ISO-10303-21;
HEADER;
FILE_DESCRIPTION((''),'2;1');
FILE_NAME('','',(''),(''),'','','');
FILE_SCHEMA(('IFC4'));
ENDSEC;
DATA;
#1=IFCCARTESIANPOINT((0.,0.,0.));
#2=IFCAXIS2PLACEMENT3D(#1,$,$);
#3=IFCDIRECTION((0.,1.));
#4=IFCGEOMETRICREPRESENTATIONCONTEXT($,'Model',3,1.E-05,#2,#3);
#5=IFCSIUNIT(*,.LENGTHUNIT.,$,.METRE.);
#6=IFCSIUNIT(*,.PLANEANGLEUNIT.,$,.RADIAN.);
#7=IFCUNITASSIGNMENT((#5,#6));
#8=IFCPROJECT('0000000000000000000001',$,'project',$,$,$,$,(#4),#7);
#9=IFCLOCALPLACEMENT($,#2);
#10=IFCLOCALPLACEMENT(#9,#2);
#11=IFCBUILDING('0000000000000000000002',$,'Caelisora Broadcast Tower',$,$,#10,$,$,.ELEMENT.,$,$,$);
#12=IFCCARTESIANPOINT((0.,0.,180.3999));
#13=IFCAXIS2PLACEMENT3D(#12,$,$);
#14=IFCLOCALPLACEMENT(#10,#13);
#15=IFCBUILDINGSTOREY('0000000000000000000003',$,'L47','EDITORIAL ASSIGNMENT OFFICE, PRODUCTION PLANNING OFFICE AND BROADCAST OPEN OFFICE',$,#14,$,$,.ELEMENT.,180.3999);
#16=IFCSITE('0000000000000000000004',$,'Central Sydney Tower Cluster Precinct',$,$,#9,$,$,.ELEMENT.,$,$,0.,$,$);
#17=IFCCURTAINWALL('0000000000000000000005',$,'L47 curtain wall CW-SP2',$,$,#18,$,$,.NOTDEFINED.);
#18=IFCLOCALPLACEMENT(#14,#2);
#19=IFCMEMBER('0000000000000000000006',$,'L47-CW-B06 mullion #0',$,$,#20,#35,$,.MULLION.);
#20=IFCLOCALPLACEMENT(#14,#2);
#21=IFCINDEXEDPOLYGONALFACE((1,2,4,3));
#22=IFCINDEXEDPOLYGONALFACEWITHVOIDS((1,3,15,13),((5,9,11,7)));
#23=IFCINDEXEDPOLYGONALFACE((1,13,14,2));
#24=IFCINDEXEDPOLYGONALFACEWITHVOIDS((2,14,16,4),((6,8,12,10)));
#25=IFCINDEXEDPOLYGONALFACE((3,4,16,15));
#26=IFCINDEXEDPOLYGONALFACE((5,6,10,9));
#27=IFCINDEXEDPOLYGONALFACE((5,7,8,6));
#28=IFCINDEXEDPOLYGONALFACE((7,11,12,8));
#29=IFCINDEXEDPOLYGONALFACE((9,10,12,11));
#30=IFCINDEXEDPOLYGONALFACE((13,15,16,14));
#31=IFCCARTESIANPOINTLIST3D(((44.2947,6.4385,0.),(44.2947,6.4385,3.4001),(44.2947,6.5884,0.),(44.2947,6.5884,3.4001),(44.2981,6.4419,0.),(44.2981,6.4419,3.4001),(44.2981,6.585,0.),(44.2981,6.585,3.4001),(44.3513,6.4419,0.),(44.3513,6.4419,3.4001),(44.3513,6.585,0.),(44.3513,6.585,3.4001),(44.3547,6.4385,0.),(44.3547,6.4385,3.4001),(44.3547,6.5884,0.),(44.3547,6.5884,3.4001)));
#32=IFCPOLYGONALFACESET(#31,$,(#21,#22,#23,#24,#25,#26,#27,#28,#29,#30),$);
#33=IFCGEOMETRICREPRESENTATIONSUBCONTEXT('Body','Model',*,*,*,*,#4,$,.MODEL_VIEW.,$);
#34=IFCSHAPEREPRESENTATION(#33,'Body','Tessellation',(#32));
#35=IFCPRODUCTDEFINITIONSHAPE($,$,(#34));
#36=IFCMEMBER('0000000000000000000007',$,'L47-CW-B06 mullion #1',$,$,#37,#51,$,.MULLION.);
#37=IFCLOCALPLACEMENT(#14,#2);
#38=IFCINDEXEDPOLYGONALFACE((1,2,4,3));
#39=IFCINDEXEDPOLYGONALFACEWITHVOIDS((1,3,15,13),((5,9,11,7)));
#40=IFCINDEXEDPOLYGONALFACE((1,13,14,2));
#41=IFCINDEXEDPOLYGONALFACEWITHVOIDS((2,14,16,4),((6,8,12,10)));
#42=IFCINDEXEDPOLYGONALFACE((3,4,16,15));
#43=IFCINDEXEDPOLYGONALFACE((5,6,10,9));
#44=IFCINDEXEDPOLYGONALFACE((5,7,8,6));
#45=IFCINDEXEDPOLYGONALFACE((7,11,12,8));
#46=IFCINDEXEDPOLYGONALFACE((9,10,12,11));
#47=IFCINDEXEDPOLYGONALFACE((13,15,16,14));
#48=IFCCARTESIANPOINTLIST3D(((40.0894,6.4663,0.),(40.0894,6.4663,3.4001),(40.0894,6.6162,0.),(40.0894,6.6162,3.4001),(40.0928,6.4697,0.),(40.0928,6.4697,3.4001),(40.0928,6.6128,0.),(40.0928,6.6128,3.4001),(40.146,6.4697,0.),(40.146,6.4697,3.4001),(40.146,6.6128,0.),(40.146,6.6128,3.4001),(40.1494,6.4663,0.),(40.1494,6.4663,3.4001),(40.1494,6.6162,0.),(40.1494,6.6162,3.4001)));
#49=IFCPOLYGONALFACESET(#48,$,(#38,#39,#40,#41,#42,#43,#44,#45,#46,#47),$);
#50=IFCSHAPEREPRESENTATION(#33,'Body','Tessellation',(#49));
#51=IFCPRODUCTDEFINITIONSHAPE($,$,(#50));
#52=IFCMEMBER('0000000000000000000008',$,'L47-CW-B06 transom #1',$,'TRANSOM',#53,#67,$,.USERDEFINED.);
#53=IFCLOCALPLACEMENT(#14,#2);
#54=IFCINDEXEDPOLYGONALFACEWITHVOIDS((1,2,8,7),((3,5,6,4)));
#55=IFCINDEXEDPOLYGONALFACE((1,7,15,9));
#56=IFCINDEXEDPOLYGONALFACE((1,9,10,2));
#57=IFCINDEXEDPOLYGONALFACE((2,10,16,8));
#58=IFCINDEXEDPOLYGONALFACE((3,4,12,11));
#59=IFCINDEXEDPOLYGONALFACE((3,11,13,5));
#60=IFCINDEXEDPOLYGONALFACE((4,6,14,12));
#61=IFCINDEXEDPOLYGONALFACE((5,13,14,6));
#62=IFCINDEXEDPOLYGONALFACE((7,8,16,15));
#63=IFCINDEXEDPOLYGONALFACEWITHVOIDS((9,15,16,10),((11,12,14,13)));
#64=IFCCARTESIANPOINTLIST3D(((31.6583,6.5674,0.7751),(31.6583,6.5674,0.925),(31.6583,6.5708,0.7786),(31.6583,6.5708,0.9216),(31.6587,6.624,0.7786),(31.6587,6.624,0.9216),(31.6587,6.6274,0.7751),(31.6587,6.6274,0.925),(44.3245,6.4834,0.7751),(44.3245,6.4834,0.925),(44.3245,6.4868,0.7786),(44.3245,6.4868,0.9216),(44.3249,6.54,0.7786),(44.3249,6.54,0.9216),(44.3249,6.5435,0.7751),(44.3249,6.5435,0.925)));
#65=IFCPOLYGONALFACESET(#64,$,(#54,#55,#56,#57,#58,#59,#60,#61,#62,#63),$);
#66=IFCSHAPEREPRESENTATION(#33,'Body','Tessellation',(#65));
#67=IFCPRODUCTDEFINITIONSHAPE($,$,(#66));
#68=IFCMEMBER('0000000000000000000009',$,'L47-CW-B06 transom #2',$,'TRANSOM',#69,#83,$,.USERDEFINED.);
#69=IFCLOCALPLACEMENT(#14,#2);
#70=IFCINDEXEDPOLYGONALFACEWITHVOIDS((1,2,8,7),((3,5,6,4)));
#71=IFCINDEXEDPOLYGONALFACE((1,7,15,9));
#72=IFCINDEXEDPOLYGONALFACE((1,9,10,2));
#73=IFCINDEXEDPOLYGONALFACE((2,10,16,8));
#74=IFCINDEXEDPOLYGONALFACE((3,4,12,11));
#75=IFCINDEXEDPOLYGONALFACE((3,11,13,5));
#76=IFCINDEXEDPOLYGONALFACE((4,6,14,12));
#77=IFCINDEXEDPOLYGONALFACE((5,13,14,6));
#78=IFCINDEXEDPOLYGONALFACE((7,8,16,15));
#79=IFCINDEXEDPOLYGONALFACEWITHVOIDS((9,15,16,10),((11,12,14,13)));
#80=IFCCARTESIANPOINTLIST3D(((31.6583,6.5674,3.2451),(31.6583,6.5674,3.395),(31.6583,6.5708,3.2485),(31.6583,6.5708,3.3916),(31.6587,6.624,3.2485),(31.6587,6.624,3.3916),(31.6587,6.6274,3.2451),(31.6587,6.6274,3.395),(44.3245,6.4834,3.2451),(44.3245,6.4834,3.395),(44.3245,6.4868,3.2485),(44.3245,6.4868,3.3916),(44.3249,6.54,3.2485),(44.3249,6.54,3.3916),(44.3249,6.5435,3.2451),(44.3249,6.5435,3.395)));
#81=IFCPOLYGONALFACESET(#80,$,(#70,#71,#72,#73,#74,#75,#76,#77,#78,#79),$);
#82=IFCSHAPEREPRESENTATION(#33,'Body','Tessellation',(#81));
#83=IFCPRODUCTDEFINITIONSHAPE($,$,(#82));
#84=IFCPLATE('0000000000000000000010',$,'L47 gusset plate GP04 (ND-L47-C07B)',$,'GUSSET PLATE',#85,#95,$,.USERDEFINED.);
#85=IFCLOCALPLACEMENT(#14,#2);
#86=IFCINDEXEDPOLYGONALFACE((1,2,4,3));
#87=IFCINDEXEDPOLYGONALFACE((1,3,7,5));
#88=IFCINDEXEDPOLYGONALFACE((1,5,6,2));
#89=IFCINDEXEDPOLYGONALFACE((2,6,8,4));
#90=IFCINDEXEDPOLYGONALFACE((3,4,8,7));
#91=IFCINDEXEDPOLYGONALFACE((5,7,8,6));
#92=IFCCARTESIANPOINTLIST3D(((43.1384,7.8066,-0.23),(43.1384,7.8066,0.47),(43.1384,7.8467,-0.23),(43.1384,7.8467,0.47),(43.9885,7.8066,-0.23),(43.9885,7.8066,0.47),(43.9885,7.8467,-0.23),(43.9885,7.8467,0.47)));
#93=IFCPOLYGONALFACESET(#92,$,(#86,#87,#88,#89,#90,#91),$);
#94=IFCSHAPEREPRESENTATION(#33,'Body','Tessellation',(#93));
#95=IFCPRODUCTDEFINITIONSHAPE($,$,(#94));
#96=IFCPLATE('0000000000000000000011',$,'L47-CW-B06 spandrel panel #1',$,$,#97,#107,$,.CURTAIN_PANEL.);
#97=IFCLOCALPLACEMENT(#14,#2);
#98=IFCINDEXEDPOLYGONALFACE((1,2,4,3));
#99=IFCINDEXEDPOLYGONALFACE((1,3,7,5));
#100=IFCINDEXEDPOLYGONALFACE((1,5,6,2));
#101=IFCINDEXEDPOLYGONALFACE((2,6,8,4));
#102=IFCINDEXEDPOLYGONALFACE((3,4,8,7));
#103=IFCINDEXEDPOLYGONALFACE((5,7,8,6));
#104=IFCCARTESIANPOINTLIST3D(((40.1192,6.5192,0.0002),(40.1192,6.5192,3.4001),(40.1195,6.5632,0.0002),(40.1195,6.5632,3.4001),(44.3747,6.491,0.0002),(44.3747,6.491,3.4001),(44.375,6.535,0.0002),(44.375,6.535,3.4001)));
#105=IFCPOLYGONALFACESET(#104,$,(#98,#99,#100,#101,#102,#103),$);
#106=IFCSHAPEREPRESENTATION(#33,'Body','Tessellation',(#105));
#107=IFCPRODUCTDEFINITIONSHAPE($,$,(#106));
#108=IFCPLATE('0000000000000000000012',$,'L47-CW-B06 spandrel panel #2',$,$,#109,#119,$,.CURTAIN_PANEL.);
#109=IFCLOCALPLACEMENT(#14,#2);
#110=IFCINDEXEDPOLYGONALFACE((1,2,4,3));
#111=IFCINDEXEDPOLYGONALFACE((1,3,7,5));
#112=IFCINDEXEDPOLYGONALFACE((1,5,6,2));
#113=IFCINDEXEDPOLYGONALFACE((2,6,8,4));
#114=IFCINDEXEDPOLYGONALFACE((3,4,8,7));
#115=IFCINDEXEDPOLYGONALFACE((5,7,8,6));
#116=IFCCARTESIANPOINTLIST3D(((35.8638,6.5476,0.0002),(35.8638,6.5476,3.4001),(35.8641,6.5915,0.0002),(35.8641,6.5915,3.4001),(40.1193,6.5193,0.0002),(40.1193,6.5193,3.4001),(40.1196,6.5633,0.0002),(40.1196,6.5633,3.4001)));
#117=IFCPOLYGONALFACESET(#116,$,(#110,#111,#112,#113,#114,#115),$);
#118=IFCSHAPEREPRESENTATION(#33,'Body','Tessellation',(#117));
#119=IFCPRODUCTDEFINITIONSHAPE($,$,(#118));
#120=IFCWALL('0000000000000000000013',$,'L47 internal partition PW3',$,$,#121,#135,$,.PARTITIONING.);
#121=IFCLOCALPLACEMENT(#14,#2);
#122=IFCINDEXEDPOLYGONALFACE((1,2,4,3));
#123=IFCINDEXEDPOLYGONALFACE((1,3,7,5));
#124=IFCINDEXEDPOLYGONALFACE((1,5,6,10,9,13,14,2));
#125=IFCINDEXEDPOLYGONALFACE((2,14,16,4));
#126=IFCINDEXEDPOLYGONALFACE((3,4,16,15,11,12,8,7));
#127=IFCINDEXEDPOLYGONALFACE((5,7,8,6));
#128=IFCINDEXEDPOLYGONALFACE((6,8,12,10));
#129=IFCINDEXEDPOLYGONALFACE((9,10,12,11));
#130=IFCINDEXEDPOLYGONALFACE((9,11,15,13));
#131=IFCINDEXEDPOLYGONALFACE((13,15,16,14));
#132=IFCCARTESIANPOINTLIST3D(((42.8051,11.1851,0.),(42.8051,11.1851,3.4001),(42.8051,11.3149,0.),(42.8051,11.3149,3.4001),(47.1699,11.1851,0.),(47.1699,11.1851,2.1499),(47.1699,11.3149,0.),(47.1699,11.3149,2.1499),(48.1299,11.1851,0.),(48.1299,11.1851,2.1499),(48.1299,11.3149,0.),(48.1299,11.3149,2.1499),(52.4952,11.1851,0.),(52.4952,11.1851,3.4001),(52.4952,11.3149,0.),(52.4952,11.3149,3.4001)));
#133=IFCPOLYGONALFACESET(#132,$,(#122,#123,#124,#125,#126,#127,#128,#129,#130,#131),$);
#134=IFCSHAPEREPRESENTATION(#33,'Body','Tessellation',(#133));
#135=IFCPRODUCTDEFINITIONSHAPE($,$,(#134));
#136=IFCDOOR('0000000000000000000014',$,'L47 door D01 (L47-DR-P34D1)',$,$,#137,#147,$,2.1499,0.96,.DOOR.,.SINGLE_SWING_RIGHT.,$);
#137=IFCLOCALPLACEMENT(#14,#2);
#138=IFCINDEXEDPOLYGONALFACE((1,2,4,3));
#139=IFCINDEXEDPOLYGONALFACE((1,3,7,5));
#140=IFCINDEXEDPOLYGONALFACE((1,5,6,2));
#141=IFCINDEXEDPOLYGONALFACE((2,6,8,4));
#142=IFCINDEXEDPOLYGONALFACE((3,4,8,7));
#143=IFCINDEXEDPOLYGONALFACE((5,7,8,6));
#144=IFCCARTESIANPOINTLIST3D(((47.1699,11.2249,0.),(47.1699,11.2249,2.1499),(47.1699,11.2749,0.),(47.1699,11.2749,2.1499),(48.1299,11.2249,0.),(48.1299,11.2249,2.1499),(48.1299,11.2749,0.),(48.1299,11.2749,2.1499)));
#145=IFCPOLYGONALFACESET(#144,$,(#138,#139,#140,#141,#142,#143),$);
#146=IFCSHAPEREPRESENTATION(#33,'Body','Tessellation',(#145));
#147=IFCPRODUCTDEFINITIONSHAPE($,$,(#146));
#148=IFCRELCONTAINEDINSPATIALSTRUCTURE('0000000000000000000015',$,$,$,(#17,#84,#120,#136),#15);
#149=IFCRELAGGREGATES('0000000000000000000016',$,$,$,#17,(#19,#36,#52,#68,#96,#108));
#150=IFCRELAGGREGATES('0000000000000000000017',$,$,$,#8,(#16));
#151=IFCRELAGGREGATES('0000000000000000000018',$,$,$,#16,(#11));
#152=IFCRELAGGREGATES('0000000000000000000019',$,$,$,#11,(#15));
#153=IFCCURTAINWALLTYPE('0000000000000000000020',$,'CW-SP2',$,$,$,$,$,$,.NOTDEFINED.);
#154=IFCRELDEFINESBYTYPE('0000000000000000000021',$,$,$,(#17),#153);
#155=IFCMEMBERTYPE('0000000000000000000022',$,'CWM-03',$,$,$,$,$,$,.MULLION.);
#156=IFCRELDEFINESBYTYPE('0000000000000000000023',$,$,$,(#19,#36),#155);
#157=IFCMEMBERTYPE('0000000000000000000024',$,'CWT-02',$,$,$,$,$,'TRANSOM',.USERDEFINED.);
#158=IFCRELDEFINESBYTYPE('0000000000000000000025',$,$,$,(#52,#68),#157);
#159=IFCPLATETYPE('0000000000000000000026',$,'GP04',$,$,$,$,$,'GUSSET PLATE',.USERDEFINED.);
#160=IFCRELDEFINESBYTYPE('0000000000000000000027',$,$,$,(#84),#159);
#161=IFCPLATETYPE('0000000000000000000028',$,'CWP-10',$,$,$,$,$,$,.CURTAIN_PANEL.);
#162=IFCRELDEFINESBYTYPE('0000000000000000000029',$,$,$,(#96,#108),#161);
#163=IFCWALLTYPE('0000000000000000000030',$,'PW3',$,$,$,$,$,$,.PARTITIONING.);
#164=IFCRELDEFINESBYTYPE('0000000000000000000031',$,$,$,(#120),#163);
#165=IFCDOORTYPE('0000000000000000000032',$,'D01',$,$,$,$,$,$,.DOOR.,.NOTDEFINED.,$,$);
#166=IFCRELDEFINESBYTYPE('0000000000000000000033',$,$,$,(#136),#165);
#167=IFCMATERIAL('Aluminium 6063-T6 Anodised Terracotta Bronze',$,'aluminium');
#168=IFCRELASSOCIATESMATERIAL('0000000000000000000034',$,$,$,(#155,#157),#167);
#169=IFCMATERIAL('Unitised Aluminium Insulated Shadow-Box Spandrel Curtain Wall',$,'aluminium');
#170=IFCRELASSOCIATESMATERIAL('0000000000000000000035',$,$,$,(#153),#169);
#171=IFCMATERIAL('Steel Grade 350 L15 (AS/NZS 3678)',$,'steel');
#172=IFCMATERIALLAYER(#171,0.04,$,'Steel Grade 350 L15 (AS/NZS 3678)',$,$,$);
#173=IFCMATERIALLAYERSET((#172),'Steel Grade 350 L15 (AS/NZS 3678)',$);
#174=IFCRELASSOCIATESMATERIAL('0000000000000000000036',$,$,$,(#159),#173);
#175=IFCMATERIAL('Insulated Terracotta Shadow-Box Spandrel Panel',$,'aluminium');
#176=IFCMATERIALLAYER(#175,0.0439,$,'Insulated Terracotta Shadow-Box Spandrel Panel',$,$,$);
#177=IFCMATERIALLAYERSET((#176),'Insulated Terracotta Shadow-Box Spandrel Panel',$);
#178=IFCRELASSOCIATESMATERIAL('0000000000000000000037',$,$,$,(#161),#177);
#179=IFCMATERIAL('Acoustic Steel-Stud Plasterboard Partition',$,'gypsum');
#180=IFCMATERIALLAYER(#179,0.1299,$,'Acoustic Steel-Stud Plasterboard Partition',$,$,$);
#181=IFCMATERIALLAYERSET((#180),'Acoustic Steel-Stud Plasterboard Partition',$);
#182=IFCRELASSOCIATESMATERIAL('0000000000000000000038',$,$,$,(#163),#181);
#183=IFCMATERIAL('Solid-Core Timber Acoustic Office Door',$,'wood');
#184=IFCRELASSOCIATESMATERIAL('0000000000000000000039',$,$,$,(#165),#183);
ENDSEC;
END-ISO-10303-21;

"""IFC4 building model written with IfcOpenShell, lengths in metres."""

from ifc_helpers import new_model, si_unit, direction, frame, frame_2d, origin, origin_2d, place, context, subcontext, project, spatial, rectangle, hollow_rectangle, extrude, source, transform, mapped, material, layer, layer_set, material_profile, profile_set, type_object, type_shapes, element, fill, aggregate, save


model = new_model("IFC4")

# Units and contexts
model_context = context("Model", 3, precision=1e-05, world=origin(), true_north=direction((0.0, 1.0)))
body_context = subcontext(model_context, "Body", "Model", "MODEL_VIEW")
ifc_project = project(units=[si_unit("LENGTHUNIT", "METRE"), si_unit("PLANEANGLEUNIT", "RADIAN")], contexts=[model_context])

# Site, building, storey
site_placement = place(None, origin())
site = spatial("IfcSite", under=ifc_project, at=site_placement, Name="Central Sydney Tower Cluster Precinct", CompositionType="ELEMENT", RefElevation=0.0)
building_placement = place(site_placement, origin())
building = spatial("IfcBuilding", under=site, at=building_placement, Name="Caelisora Broadcast Tower", CompositionType="ELEMENT")
storey_placement = place(building_placement, frame((0.0, 0.0, 180.3999)))
storey = spatial("IfcBuildingStorey", under=building, at=storey_placement, Name="L47", Description="EDITORIAL ASSIGNMENT OFFICE, PRODUCTION PLANNING OFFICE AND BROADCAST OPEN OFFICE", CompositionType="ELEMENT", Elevation=180.3999)

# Shared definitions
ifc_material_1 = material(Name="Steel Grade 350 L15 (AS/NZS 3678)", Category="steel")

# Shared definitions
ifc_material_2 = material(Name="Aluminium 6063-T6 Anodised Terracotta Bronze", Category="aluminium")
ifc_material_profile_1 = material_profile(ifc_material_2, hollow_rectangle(XDim=0.0601, YDim=0.1499, WallThickness=0.0034, at=origin_2d()), Name="Aluminium 6063-T6 Anodised Terracotta Bronze")
ifc_profile_set_1 = profile_set([ifc_material_profile_1], Name="Aluminium 6063-T6 Anodised Terracotta Bronze")
member_type_1 = type_object("IfcMemberType", Name="CWM-03", PredefinedType="MULLION", material=ifc_profile_set_1)
shared_shape_1 = source(origin(), body_context, "Body", "SweptSolid", [
    extrude(hollow_rectangle(XDim=0.0601, YDim=0.1499, WallThickness=0.0034, at=origin_2d()), origin(), (0.0, 0.0, 1.0), 3.4001),
])
type_shapes(member_type_1, [shared_shape_1])

# Curtain wall, members
ifc_material_3 = material(Name="Unitised Aluminium Insulated Shadow-Box Spandrel Curtain Wall", Category="aluminium")
curtain_wall_type_1 = type_object("IfcCurtainWallType", Name="CW-SP2", PredefinedType="NOTDEFINED", material=ifc_material_3)
curtain_wall_1_placement = place(storey_placement, origin())
curtain_wall_1 = element("IfcCurtainWall", 1, at=curtain_wall_1_placement, inside=storey, type_object=curtain_wall_type_1, Name="L47 curtain wall CW-SP2", PredefinedType="NOTDEFINED")
member_1_placement = place(storey_placement, frame((44.3247, 6.5134, 0.0), z_axis=(0.0, 0.0, 1.0), x_axis=(1.0, 0.0, 0.0)))
member_1 = element("IfcMember", 2, at=member_1_placement, type_object=member_type_1, Name="L47-CW-B06 mullion #0", PredefinedType="MULLION", context=body_context, shape_type="MappedRepresentation", body=[
    mapped(shared_shape_1, transform((0.0, 0.0, 0.0), scale=1.0)),
])
member_2_placement = place(storey_placement, frame((40.1194, 6.5413, 0.0), z_axis=(0.0, 0.0, 1.0), x_axis=(1.0, 0.0, 0.0)))
member_2 = element("IfcMember", 3, at=member_2_placement, type_object=member_type_1, Name="L47-CW-B06 mullion #1", PredefinedType="MULLION", context=body_context, shape_type="MappedRepresentation", body=[
    mapped(shared_shape_1, transform((0.0, 0.0, 0.0), scale=1.0)),
])
ifc_material_profile_2 = material_profile(ifc_material_2, hollow_rectangle(XDim=0.0601, YDim=0.1499, WallThickness=0.0034, at=origin_2d()), Name="Aluminium 6063-T6 Anodised Terracotta Bronze")
ifc_profile_set_2 = profile_set([ifc_material_profile_2], Name="Aluminium 6063-T6 Anodised Terracotta Bronze")
member_type_2 = type_object("IfcMemberType", Name="CWT-02", ElementType="TRANSOM", PredefinedType="USERDEFINED", material=ifc_profile_set_2)
shared_shape_2 = source(origin(), body_context, "Body", "SweptSolid", [
    extrude(hollow_rectangle(XDim=0.0601, YDim=0.1499, WallThickness=0.0034, at=origin_2d()), origin(), (0.0, 0.0, 1.0), 12.6665),
])
type_shapes(member_type_2, [shared_shape_2])
member_3_placement = place(storey_placement, frame((44.3247, 6.5134, 0.8501), z_axis=(-0.999978, 0.00663, 0.0), x_axis=(-0.00663, -0.999978, 0.0)))
member_3 = element("IfcMember", 4, at=member_3_placement, type_object=member_type_2, Name="L47-CW-B06 transom #1", ObjectType="TRANSOM", PredefinedType="USERDEFINED", context=body_context, shape_type="MappedRepresentation", body=[
    mapped(shared_shape_2, transform((0.0, 0.0, 0.0), scale=1.0)),
])
member_4_placement = place(storey_placement, frame((44.3247, 6.5134, 3.3201), z_axis=(-0.999978, 0.00663, 0.0), x_axis=(-0.00663, -0.999978, 0.0)))
member_4 = element("IfcMember", 5, at=member_4_placement, type_object=member_type_2, Name="L47-CW-B06 transom #2", ObjectType="TRANSOM", PredefinedType="USERDEFINED", context=body_context, shape_type="MappedRepresentation", body=[
    mapped(shared_shape_2, transform((0.0, 0.0, 0.0), scale=1.0)),
])

# Plates
ifc_layer_1 = layer(ifc_material_1, 0.04, Name="Steel Grade 350 L15 (AS/NZS 3678)")
ifc_layer_set_1 = layer_set([ifc_layer_1], Name="Steel Grade 350 L15 (AS/NZS 3678)")
plate_type_1 = type_object("IfcPlateType", Name="GP04", ElementType="GUSSET PLATE", PredefinedType="USERDEFINED", material=ifc_layer_set_1)
shared_shape_3 = source(origin(), body_context, "Body", "SweptSolid", [
    extrude(rectangle(XDim=0.8501, YDim=0.04, at=origin_2d()), origin(), (0.0, 0.0, 1.0), 0.7),
])
type_shapes(plate_type_1, [shared_shape_3])
plate_1_placement = place(storey_placement, frame((43.5635, 7.8267, -0.23), z_axis=(0.0, 0.0, 1.0), x_axis=(1.0, 0.0, 0.0)))
element("IfcPlate", 6, at=plate_1_placement, inside=storey, type_object=plate_type_1, Name="L47 gusset plate GP04 (ND-L47-C07B)", ObjectType="GUSSET PLATE", PredefinedType="USERDEFINED", context=body_context, shape_type="MappedRepresentation", body=[
    mapped(shared_shape_3, transform((0.0, 0.0, 0.0), scale=1.0)),
])
ifc_material_4 = material(Name="Insulated Terracotta Shadow-Box Spandrel Panel", Category="aluminium")
ifc_layer_2 = layer(ifc_material_4, 0.0439, Name="Insulated Terracotta Shadow-Box Spandrel Panel")
ifc_layer_set_2 = layer_set([ifc_layer_2], Name="Insulated Terracotta Shadow-Box Spandrel Panel")
plate_type_2 = type_object("IfcPlateType", Name="CWP-10", PredefinedType="CURTAIN_PANEL", material=ifc_layer_set_2)
shared_shape_4 = source(origin(), body_context, "Body", "SweptSolid", [
    extrude(rectangle(XDim=4.2556, YDim=0.0439, at=origin_2d()), origin(), (0.0, 0.0, 1.0), 3.3999),
])
type_shapes(plate_type_2, [shared_shape_4])
plate_2_placement = place(storey_placement, frame((42.2471, 6.5271, 0.0002), z_axis=(0.0, 0.0, 1.0), x_axis=(-0.999978, 0.006632, 0.0)))
plate_2 = element("IfcPlate", 7, at=plate_2_placement, type_object=plate_type_2, Name="L47-CW-B06 spandrel panel #1", PredefinedType="CURTAIN_PANEL", context=body_context, shape_type="MappedRepresentation", body=[
    mapped(shared_shape_4, transform((0.0, 0.0, 0.0), scale=1.0)),
])
plate_3_placement = place(storey_placement, frame((37.9917, 6.5554, 0.0002), z_axis=(0.0, 0.0, 1.0), x_axis=(-0.999978, 0.006632, 0.0)))
plate_3 = element("IfcPlate", 8, at=plate_3_placement, type_object=plate_type_2, Name="L47-CW-B06 spandrel panel #2", PredefinedType="CURTAIN_PANEL", context=body_context, shape_type="MappedRepresentation", body=[
    mapped(shared_shape_4, transform((0.0, 0.0, 0.0), scale=1.0)),
])
aggregate(curtain_wall_1, [member_1, member_2, member_3, member_4, plate_2, plate_3])

# Wall, opening, door
ifc_material_5 = material(Name="Acoustic Steel-Stud Plasterboard Partition", Category="gypsum")
ifc_layer_3 = layer(ifc_material_5, 0.1299, Name="Acoustic Steel-Stud Plasterboard Partition")
ifc_layer_set_3 = layer_set([ifc_layer_3], Name="Acoustic Steel-Stud Plasterboard Partition")
wall_type = type_object("IfcWallType", Name="PW3", PredefinedType="PARTITIONING", material=ifc_layer_set_3)
wall_1_placement = place(storey_placement, frame((42.8049, 11.25, 0.0), z_axis=(0.0, 0.0, 1.0), x_axis=(1.0, 0.0, 0.0)))
wall_1 = element("IfcWall", 9, at=wall_1_placement, inside=storey, type_object=wall_type, Name="L47 internal partition PW3", PredefinedType="PARTITIONING", context=body_context, shape_type="SweptSolid", body=[
    extrude(rectangle(XDim=9.6902, YDim=0.1299, at=frame_2d((4.8452, 0.0))), origin(), (0.0, 0.0, 1.0), 3.4001),
])
opening_1_placement = place(wall_1_placement, frame((4.365, 0.0, 0.0)))
opening_1 = element("IfcOpeningElement", 10, at=opening_1_placement, cuts=wall_1, PredefinedType="OPENING", context=body_context, shape_type="SweptSolid", body=[
    extrude(rectangle(XDim=0.96, YDim=2.1499, at=frame_2d((0.48, 1.075))), frame((0.0, 0.0769, 0.0), z_axis=(0.0, -1.0, 0.0), x_axis=(1.0, 0.0, 0.0)), (0.0, 0.0, 1.0), 0.1538),
])
ifc_material_6 = material(Name="Solid-Core Timber Acoustic Office Door", Category="wood")
door_type = type_object("IfcDoorType", Name="D01", OperationType="NOTDEFINED", PredefinedType="DOOR", material=ifc_material_6)
door_1_placement = place(opening_1_placement, origin())
door_1 = element("IfcDoor", 11, at=door_1_placement, inside=storey, type_object=door_type, Name="L47 door D01 (L47-DR-P34D1)", OperationType="SINGLE_SWING_RIGHT", OverallHeight=2.1499, OverallWidth=0.96, PredefinedType="DOOR", context=body_context, shape_type="SweptSolid", body=[
    extrude(rectangle(XDim=0.96, YDim=2.1499, at=frame_2d((0.48, 1.075))), frame((0.0, 0.0249, 0.0), z_axis=(0.0, -1.0, 0.0), x_axis=(1.0, 0.0, 0.0)), (0.0, 0.0, 1.0), 0.05),
])
fill(opening_1, door_1)

save(model, "model.ifc")
